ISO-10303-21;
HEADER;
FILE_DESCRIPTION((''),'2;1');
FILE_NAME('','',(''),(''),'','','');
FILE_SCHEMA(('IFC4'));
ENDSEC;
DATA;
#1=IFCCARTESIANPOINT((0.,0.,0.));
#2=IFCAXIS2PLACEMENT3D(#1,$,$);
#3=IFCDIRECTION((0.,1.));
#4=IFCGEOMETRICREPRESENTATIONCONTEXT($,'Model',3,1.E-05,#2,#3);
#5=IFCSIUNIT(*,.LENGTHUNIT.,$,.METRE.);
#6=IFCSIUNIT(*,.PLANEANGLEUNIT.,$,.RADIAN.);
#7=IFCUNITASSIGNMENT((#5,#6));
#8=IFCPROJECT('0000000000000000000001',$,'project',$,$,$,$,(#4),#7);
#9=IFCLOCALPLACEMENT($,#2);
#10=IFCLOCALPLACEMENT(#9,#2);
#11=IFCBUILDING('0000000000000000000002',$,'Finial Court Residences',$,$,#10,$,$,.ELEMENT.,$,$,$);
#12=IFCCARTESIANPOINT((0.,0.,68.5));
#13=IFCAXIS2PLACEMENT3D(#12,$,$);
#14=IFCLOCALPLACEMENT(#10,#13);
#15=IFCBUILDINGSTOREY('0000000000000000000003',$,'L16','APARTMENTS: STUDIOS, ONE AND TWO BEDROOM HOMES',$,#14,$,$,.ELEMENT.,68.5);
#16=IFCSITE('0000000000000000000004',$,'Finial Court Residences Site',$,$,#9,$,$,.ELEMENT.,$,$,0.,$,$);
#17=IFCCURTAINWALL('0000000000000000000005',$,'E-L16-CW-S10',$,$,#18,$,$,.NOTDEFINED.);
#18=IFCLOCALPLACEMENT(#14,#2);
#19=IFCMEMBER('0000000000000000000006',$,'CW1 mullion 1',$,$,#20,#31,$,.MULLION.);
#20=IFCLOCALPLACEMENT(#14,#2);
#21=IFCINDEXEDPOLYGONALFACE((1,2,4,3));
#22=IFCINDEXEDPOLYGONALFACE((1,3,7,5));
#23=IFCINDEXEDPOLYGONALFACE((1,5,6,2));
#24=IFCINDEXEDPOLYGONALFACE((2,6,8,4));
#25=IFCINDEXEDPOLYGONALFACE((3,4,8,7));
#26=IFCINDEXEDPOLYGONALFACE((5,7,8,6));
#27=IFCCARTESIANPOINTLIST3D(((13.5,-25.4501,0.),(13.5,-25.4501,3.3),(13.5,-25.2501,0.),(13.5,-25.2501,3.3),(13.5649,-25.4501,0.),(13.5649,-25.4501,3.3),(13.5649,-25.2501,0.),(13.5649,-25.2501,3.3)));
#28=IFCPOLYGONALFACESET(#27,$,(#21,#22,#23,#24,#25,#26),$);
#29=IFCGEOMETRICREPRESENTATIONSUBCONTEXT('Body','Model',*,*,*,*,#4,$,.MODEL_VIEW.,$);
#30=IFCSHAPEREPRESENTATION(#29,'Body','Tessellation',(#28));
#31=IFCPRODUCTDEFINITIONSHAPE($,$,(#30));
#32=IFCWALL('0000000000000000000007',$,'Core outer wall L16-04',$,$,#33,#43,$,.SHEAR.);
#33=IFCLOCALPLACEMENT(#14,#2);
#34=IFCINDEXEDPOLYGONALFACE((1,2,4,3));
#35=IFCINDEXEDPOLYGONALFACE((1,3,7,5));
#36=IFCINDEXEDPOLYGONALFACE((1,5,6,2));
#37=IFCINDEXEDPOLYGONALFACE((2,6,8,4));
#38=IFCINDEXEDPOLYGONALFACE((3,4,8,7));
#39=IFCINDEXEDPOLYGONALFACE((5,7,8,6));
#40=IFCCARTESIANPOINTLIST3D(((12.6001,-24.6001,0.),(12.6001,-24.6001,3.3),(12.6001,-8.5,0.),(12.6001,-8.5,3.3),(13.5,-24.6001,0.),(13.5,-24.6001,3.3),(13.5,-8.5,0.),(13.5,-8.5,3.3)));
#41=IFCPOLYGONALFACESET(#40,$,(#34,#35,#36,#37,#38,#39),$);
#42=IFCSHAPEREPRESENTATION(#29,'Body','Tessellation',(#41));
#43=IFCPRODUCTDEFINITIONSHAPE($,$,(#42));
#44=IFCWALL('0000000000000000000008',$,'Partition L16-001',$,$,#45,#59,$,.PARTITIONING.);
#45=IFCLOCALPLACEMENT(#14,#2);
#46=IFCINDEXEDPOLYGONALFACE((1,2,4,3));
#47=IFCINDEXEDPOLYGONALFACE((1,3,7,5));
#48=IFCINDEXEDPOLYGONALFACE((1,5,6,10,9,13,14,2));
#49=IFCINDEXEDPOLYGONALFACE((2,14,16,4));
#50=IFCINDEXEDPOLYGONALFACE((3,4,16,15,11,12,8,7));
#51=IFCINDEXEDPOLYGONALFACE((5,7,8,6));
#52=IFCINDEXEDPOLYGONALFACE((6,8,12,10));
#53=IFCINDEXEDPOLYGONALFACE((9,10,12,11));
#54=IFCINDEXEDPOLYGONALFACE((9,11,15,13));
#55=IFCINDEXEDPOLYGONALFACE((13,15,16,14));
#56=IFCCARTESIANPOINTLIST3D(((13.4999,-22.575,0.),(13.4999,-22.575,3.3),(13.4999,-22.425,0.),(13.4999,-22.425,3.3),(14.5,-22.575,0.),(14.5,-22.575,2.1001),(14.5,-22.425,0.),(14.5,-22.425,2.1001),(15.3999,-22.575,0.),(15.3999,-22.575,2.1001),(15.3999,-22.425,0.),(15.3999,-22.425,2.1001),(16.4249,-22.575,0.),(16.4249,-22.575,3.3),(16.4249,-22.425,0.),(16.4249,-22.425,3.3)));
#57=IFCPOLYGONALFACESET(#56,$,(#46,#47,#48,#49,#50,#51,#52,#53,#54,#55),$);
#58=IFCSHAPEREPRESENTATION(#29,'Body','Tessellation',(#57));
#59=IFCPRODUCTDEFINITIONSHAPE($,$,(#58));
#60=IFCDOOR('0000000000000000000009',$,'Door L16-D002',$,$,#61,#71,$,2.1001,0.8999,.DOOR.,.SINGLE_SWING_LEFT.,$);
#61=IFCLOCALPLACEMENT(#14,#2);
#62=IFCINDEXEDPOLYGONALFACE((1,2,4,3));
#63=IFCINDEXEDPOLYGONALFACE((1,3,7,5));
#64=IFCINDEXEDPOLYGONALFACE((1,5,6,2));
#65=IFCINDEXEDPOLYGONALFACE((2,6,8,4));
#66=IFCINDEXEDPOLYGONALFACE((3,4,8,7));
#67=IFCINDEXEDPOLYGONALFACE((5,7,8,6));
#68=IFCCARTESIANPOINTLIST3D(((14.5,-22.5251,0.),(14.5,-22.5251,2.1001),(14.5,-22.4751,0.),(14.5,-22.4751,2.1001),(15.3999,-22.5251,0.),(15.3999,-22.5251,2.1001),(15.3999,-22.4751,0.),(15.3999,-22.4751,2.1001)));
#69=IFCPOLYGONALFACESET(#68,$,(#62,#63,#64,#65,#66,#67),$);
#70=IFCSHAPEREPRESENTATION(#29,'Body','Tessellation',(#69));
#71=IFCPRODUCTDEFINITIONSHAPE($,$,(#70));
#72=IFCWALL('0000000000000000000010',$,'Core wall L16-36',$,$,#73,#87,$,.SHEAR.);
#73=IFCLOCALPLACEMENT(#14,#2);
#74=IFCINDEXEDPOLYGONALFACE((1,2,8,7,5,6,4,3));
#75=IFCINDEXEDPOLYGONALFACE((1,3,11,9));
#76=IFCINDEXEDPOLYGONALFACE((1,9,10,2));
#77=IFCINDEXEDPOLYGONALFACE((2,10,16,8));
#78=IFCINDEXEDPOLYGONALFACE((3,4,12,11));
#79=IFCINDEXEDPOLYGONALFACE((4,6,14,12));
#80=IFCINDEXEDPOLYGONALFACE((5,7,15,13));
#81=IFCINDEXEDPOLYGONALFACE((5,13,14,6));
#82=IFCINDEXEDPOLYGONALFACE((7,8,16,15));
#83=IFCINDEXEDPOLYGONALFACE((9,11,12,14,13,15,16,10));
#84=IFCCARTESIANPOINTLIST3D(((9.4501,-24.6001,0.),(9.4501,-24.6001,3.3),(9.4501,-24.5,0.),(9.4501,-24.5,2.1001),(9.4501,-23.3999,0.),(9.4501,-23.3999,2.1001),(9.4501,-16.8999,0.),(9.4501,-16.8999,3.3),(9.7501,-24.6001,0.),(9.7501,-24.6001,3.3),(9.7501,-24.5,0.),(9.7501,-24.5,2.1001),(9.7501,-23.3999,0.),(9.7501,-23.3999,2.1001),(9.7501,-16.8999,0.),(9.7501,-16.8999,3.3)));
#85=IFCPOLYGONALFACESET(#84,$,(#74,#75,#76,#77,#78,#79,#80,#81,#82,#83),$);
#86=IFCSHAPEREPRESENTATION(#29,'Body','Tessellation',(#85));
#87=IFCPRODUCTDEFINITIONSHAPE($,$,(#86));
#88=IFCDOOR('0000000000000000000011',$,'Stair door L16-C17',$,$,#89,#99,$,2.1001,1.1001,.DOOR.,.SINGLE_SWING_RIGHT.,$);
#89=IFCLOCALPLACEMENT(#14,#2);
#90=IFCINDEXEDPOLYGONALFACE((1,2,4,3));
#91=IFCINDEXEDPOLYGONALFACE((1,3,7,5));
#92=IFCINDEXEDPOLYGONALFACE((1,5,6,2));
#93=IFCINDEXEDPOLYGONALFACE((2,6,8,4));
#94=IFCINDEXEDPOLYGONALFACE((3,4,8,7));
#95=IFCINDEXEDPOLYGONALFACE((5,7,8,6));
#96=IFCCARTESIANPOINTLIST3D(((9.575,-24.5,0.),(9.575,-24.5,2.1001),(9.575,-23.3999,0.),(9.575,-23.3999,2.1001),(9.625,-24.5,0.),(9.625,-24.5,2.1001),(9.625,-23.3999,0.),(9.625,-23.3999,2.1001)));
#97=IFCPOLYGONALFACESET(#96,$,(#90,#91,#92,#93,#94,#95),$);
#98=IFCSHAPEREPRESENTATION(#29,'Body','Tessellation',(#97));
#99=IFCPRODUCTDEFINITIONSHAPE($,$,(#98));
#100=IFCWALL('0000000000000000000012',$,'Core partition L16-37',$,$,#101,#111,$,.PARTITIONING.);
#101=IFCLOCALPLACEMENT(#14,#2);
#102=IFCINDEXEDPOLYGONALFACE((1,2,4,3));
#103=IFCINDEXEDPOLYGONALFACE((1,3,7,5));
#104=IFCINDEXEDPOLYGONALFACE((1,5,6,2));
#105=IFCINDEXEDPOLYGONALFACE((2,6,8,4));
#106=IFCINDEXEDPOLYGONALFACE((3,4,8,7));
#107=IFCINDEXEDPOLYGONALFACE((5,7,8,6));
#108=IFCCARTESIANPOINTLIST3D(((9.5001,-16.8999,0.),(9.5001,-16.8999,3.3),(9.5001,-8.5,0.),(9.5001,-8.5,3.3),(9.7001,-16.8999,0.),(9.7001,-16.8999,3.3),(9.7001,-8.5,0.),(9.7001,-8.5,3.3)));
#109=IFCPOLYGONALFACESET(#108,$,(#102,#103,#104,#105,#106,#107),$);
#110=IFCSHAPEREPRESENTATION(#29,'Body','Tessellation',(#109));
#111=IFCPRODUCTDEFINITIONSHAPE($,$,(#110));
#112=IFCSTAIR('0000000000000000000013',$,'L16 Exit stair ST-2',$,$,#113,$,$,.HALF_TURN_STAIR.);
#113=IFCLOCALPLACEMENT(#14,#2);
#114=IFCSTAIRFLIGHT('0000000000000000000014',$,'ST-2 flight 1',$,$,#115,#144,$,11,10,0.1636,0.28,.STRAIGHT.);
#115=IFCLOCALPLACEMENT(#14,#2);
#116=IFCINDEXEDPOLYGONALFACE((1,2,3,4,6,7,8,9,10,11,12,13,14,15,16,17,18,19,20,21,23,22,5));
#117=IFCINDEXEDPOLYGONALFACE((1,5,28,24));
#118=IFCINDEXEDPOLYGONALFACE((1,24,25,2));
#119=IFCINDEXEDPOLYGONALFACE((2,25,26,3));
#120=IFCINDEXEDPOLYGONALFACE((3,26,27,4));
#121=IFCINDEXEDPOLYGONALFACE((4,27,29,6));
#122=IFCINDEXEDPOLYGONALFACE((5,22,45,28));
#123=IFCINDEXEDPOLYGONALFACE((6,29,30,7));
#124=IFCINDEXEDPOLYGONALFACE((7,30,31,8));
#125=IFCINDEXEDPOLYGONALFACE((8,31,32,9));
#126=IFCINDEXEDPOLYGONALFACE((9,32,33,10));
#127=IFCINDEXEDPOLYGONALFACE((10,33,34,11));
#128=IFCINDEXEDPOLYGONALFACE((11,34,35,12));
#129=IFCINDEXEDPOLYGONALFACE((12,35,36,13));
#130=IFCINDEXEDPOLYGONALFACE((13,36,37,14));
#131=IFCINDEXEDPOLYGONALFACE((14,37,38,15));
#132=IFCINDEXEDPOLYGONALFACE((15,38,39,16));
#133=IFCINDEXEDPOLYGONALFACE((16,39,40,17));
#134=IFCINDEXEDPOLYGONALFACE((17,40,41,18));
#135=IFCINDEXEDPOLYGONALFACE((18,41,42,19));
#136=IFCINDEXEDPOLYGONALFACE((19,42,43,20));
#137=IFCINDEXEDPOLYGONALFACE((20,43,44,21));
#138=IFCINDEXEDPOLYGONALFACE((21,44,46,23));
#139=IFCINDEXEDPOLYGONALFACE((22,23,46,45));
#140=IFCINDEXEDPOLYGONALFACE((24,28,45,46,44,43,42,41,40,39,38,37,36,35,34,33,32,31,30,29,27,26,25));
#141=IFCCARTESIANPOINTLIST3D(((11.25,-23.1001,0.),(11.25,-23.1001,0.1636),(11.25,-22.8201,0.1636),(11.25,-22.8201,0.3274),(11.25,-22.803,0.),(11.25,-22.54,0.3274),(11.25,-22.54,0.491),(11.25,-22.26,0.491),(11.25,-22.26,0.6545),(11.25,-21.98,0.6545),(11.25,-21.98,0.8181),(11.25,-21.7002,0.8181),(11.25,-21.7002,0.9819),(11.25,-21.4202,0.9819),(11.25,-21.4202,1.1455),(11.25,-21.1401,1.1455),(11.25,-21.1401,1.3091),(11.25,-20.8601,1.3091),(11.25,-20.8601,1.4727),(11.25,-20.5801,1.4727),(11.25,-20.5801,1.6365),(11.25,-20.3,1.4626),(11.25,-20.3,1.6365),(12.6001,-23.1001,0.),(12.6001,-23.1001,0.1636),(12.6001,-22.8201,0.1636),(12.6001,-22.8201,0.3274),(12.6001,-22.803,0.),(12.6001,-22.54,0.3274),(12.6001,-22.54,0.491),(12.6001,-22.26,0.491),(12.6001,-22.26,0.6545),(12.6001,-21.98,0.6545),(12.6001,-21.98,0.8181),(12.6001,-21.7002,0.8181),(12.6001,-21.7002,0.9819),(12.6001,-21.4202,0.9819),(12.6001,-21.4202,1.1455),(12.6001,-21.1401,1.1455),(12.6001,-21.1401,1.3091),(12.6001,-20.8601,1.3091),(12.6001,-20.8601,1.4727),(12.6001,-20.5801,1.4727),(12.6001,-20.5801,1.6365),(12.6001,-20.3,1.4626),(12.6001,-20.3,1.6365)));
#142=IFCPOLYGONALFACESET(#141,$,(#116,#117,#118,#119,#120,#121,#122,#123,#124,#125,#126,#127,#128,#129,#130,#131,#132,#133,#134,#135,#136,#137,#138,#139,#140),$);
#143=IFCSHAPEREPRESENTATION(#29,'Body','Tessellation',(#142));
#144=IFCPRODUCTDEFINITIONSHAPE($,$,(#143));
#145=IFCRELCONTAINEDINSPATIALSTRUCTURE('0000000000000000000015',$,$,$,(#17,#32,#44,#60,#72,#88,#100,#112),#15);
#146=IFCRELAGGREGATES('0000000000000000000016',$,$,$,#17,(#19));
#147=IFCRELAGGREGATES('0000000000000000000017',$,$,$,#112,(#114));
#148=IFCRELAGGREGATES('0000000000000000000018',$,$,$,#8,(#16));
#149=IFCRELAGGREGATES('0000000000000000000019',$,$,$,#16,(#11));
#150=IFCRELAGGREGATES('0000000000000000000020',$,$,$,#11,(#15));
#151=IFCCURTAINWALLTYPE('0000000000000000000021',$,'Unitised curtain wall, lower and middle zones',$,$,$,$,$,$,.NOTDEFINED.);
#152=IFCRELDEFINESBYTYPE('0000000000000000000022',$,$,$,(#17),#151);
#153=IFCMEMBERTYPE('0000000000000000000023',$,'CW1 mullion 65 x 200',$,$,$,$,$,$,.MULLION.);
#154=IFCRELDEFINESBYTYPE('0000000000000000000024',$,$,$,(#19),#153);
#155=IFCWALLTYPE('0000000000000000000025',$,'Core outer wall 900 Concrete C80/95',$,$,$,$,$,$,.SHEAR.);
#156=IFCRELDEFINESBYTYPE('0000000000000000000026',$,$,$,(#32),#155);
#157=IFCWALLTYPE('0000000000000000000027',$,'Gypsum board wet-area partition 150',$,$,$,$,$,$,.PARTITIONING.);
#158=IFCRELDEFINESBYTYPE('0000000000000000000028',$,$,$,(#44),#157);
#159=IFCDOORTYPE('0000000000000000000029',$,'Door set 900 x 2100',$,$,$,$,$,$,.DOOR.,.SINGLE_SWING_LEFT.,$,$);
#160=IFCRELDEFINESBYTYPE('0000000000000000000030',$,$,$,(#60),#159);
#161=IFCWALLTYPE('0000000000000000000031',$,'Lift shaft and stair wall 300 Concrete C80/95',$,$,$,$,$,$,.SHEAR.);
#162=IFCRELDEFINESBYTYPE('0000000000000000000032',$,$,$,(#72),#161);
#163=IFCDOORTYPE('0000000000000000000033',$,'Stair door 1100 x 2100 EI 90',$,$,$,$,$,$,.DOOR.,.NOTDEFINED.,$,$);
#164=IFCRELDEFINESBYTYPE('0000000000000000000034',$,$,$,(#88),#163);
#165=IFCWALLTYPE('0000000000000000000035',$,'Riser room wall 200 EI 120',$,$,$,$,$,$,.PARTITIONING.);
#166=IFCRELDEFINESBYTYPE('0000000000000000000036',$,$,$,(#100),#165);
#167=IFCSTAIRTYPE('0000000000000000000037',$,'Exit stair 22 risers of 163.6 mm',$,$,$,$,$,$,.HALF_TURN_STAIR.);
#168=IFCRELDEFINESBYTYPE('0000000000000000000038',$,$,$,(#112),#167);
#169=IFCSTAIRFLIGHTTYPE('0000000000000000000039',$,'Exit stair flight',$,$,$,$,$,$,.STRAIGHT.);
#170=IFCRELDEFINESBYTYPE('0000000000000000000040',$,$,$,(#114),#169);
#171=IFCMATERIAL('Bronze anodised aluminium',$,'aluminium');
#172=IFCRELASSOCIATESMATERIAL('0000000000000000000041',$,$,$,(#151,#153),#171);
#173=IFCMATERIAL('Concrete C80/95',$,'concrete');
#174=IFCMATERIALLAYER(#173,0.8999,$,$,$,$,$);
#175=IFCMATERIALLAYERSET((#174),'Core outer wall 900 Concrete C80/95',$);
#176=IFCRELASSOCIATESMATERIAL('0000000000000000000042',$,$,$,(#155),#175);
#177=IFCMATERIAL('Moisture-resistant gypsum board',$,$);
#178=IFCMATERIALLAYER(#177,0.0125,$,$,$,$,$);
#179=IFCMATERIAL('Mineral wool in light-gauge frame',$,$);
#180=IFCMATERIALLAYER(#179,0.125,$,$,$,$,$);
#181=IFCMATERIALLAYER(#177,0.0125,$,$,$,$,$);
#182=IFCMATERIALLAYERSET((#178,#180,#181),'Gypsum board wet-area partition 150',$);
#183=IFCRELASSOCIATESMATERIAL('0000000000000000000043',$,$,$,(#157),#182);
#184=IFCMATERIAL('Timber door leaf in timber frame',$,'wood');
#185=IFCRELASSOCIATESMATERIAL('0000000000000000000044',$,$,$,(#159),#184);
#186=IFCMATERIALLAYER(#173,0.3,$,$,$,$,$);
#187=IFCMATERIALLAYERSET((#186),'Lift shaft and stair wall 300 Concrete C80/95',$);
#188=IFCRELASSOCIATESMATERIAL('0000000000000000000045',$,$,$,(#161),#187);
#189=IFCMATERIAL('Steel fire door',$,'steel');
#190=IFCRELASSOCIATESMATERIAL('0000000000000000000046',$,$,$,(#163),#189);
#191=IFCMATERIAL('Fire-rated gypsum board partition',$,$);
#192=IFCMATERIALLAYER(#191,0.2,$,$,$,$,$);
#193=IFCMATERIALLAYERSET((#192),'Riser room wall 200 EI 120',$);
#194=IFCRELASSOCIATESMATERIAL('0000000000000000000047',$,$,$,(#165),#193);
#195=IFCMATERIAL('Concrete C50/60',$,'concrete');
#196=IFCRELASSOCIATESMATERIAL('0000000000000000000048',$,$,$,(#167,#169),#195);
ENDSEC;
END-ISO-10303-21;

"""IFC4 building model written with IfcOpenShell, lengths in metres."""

from ifc_helpers import new_model, si_unit, direction, frame, frame_2d, origin, origin_2d, place, context, subcontext, project, spatial, polyline, rectangle, outline, extrude, material, layer, layer_set, material_profile, profile_set, type_object, element, fill, aggregate, save


model = new_model("IFC4")

# Units and contexts
model_context = context("Model", 3, precision=1e-05, world=origin(), true_north=direction((0.0, 1.0)))
body_context = subcontext(model_context, "Body", "Model", "MODEL_VIEW")
ifc_project = project(units=[si_unit("LENGTHUNIT", "METRE"), si_unit("PLANEANGLEUNIT", "RADIAN")], contexts=[model_context])

# Site, building, storey
site_placement = place(None, origin())
site = spatial("IfcSite", under=ifc_project, at=site_placement, Name="Finial Court Residences Site", CompositionType="ELEMENT", RefElevation=0.0)
building_placement = place(site_placement, origin())
building = spatial("IfcBuilding", under=site, at=building_placement, Name="Finial Court Residences", CompositionType="ELEMENT")
storey_placement = place(building_placement, frame((0.0, 0.0, 68.5)))
storey = spatial("IfcBuildingStorey", under=building, at=storey_placement, Name="L16", Description="APARTMENTS: STUDIOS, ONE AND TWO BEDROOM HOMES", CompositionType="ELEMENT", Elevation=68.5)

# Curtain wall, member
ifc_material_1 = material(Name="Bronze anodised aluminium", Category="aluminium")
curtain_wall_type = type_object("IfcCurtainWallType", Name="Unitised curtain wall, lower and middle zones", PredefinedType="NOTDEFINED", material=ifc_material_1)
curtain_wall_placement = place(storey_placement, origin())
curtain_wall = element("IfcCurtainWall", 1, at=curtain_wall_placement, inside=storey, type_object=curtain_wall_type, Name="E-L16-CW-S10", PredefinedType="NOTDEFINED")
ifc_material_profile = material_profile(ifc_material_1, rectangle(XDim=0.2, YDim=0.0649, at=origin_2d()), Name="CW1 mullion 65 x 200")
ifc_profile_set = profile_set([ifc_material_profile], Name="Bronze anodised aluminium")
member_type = type_object("IfcMemberType", Name="CW1 mullion 65 x 200", PredefinedType="MULLION", material=ifc_profile_set)
member_placement = place(storey_placement, frame((13.5325, -25.3501, 0.0), z_axis=(0.0, 0.0, 1.0), x_axis=(0.0, 1.0, 0.0)))
member = element("IfcMember", 2, at=member_placement, type_object=member_type, Name="CW1 mullion 1", PredefinedType="MULLION", context=body_context, shape_type="SweptSolid", body=[
    extrude(rectangle(XDim=0.2, YDim=0.0649, at=origin_2d()), origin(), (0.0, 0.0, 1.0), 3.3),
])
aggregate(curtain_wall, [member])

# Wall
ifc_material_2 = material(Name="Concrete C80/95", Category="concrete")
ifc_layer_1 = layer(ifc_material_2, 0.8999)
ifc_layer_set_1 = layer_set([ifc_layer_1], Name="Core outer wall 900 Concrete C80/95")
wall_type_1 = type_object("IfcWallType", Name="Core outer wall 900 Concrete C80/95", PredefinedType="SHEAR", material=ifc_layer_set_1)
wall_1_placement = place(storey_placement, frame((13.05, -24.6001, 0.0), z_axis=(0.0, 0.0, 1.0), x_axis=(0.0, 1.0, 0.0)))
element("IfcWall", 3, at=wall_1_placement, inside=storey, type_object=wall_type_1, Name="Core outer wall L16-04", PredefinedType="SHEAR", context=body_context, shape_type="SweptSolid", body=[
    extrude(rectangle(XDim=16.1001, YDim=0.8999, at=frame_2d((8.05, 0.0))), origin(), (0.0, 0.0, 1.0), 3.3),
])

# Walls, openings, doors
ifc_material_3 = material(Name="Moisture-resistant gypsum board")
ifc_layer_2 = layer(ifc_material_3, 0.0125)
ifc_material_4 = material(Name="Mineral wool in light-gauge frame")
ifc_layer_3 = layer(ifc_material_4, 0.125)
ifc_layer_4 = layer(ifc_material_3, 0.0125)
ifc_layer_set_2 = layer_set([ifc_layer_2, ifc_layer_3, ifc_layer_4], Name="Gypsum board wet-area partition 150")
wall_type_2 = type_object("IfcWallType", Name="Gypsum board wet-area partition 150", PredefinedType="PARTITIONING", material=ifc_layer_set_2)
wall_2_placement = place(storey_placement, frame((13.5, -22.5, 0.0), z_axis=(0.0, 0.0, 1.0), x_axis=(1.0, 0.0, 0.0)))
wall_2 = element("IfcWall", 4, at=wall_2_placement, inside=storey, type_object=wall_type_2, Name="Partition L16-001", PredefinedType="PARTITIONING", context=body_context, shape_type="SweptSolid", body=[
    extrude(rectangle(XDim=2.925, YDim=0.1499, at=frame_2d((1.4624, 0.0))), origin(), (0.0, 0.0, 1.0), 3.3),
])
opening_1_placement = place(wall_2_placement, frame((1.0, 0.0, 0.0)))
opening_1 = element("IfcOpeningElement", 5, at=opening_1_placement, cuts=wall_2, PredefinedType="OPENING", context=body_context, shape_type="SweptSolid", body=[
    extrude(rectangle(XDim=0.8999, YDim=2.1001, at=frame_2d((0.45, 1.05))), frame((0.0, 0.085, 0.0), z_axis=(0.0, -1.0, 0.0), x_axis=(1.0, 0.0, 0.0)), (0.0, 0.0, 1.0), 0.1699),
])
ifc_material_5 = material(Name="Timber door leaf in timber frame", Category="wood")
door_type_1 = type_object("IfcDoorType", Name="Door set 900 x 2100", OperationType="SINGLE_SWING_LEFT", PredefinedType="DOOR", material=ifc_material_5)
door_1_placement = place(opening_1_placement, origin())
door_1 = element("IfcDoor", 6, at=door_1_placement, inside=storey, type_object=door_type_1, Name="Door L16-D002", OperationType="SINGLE_SWING_LEFT", OverallHeight=2.1001, OverallWidth=0.8999, PredefinedType="DOOR", context=body_context, shape_type="SweptSolid", body=[
    extrude(rectangle(XDim=0.8999, YDim=2.1001, at=frame_2d((0.45, 1.05))), frame((0.0, 0.0249, 0.0), z_axis=(0.0, -1.0, 0.0), x_axis=(1.0, 0.0, 0.0)), (0.0, 0.0, 1.0), 0.05),
])
fill(opening_1, door_1)
ifc_layer_5 = layer(ifc_material_2, 0.3)
ifc_layer_set_3 = layer_set([ifc_layer_5], Name="Lift shaft and stair wall 300 Concrete C80/95")
wall_type_3 = type_object("IfcWallType", Name="Lift shaft and stair wall 300 Concrete C80/95", PredefinedType="SHEAR", material=ifc_layer_set_3)
wall_3_placement = place(storey_placement, frame((9.6001, -16.8999, 0.0), z_axis=(0.0, 0.0, 1.0), x_axis=(0.0, -1.0, 0.0)))
wall_3 = element("IfcWall", 7, at=wall_3_placement, inside=storey, type_object=wall_type_3, Name="Core wall L16-36", PredefinedType="SHEAR", context=body_context, shape_type="SweptSolid", body=[
    extrude(rectangle(XDim=7.7002, YDim=0.3, at=frame_2d((3.8501, 0.0))), origin(), (0.0, 0.0, 1.0), 3.3),
])
opening_2_placement = place(wall_3_placement, frame((6.5, 0.0, 0.0)))
opening_2 = element("IfcOpeningElement", 8, at=opening_2_placement, cuts=wall_3, PredefinedType="OPENING", context=body_context, shape_type="SweptSolid", body=[
    extrude(rectangle(XDim=1.1001, YDim=2.1001, at=frame_2d((0.55, 1.05))), frame((0.0, 0.1599, 0.0), z_axis=(0.0, -1.0, 0.0), x_axis=(1.0, 0.0, 0.0)), (0.0, 0.0, 1.0), 0.3201),
])
ifc_material_6 = material(Name="Steel fire door", Category="steel")
door_type_2 = type_object("IfcDoorType", Name="Stair door 1100 x 2100 EI 90", OperationType="NOTDEFINED", PredefinedType="DOOR", material=ifc_material_6)
door_2_placement = place(opening_2_placement, origin())
door_2 = element("IfcDoor", 9, at=door_2_placement, inside=storey, type_object=door_type_2, Name="Stair door L16-C17", OperationType="SINGLE_SWING_RIGHT", OverallHeight=2.1001, OverallWidth=1.1001, PredefinedType="DOOR", context=body_context, shape_type="SweptSolid", body=[
    extrude(rectangle(XDim=1.1001, YDim=2.1001, at=frame_2d((0.55, 1.05))), frame((0.0, 0.0249, 0.0), z_axis=(0.0, -1.0, 0.0), x_axis=(1.0, 0.0, 0.0)), (0.0, 0.0, 1.0), 0.05),
])
fill(opening_2, door_2)

# Wall
ifc_material_7 = material(Name="Fire-rated gypsum board partition")
ifc_layer_6 = layer(ifc_material_7, 0.2)
ifc_layer_set_4 = layer_set([ifc_layer_6], Name="Riser room wall 200 EI 120")
wall_type_4 = type_object("IfcWallType", Name="Riser room wall 200 EI 120", PredefinedType="PARTITIONING", material=ifc_layer_set_4)
wall_4_placement = place(storey_placement, frame((9.6001, -16.8999, 0.0), z_axis=(0.0, 0.0, 1.0), x_axis=(0.0, 1.0, 0.0)))
element("IfcWall", 10, at=wall_4_placement, inside=storey, type_object=wall_type_4, Name="Core partition L16-37", PredefinedType="PARTITIONING", context=body_context, shape_type="SweptSolid", body=[
    extrude(rectangle(XDim=8.3999, YDim=0.2, at=frame_2d((4.2, 0.0))), origin(), (0.0, 0.0, 1.0), 3.3),
])

# Stair, stair flight
ifc_material_8 = material(Name="Concrete C50/60", Category="concrete")
stair_type = type_object("IfcStairType", Name="Exit stair 22 risers of 163.6 mm", PredefinedType="HALF_TURN_STAIR", material=ifc_material_8)
stair_placement = place(storey_placement, origin())
stair = element("IfcStair", 11, at=stair_placement, inside=storey, type_object=stair_type, Name="L16 Exit stair ST-2", PredefinedType="HALF_TURN_STAIR")
stair_flight_type = type_object("IfcStairFlightType", Name="Exit stair flight", PredefinedType="STRAIGHT", material=ifc_material_8)
stair_flight_1_placement = place(storey_placement, frame((11.925, -23.1001, 0.0), z_axis=(0.0, 0.0, 1.0), x_axis=(0.0, 1.0, 0.0)))
stair_flight_1 = element("IfcStairFlight", 12, at=stair_flight_1_placement, type_object=stair_flight_type, Name="ST-2 flight 1", NumberOfRisers=11, NumberOfTreads=10, PredefinedType="STRAIGHT", RiserHeight=0.1636, TreadLength=0.28, context=body_context, shape_type="SweptSolid", body=[
    extrude(outline(polyline([(0.0, 0.0), (0.0, 0.1636), (0.28, 0.1636), (0.28, 0.3274), (0.5601, 0.3274), (0.5601, 0.491), (0.8401, 0.491), (0.8401, 0.6545), (1.1201, 0.6545), (1.1201, 0.8181), (1.3999, 0.8181), (1.3999, 0.9819), (1.6799, 0.9819), (1.6799, 1.1455), (1.96, 1.1455), (1.96, 1.3091), (2.24, 1.3091), (2.24, 1.4727), (2.52, 1.4727), (2.52, 1.6365), (2.8, 1.6365), (2.8, 1.8), (2.8, 1.4626), (0.2971, 0.0), (0.0, 0.0)])), frame((0.0, 0.675, 0.0), z_axis=(0.0, -1.0, 0.0), x_axis=(1.0, 0.0, 0.0)), (0.0, 0.0, 1.0), 1.3501),
])
aggregate(stair, [stair_flight_1])

save(model, "model.ifc")
